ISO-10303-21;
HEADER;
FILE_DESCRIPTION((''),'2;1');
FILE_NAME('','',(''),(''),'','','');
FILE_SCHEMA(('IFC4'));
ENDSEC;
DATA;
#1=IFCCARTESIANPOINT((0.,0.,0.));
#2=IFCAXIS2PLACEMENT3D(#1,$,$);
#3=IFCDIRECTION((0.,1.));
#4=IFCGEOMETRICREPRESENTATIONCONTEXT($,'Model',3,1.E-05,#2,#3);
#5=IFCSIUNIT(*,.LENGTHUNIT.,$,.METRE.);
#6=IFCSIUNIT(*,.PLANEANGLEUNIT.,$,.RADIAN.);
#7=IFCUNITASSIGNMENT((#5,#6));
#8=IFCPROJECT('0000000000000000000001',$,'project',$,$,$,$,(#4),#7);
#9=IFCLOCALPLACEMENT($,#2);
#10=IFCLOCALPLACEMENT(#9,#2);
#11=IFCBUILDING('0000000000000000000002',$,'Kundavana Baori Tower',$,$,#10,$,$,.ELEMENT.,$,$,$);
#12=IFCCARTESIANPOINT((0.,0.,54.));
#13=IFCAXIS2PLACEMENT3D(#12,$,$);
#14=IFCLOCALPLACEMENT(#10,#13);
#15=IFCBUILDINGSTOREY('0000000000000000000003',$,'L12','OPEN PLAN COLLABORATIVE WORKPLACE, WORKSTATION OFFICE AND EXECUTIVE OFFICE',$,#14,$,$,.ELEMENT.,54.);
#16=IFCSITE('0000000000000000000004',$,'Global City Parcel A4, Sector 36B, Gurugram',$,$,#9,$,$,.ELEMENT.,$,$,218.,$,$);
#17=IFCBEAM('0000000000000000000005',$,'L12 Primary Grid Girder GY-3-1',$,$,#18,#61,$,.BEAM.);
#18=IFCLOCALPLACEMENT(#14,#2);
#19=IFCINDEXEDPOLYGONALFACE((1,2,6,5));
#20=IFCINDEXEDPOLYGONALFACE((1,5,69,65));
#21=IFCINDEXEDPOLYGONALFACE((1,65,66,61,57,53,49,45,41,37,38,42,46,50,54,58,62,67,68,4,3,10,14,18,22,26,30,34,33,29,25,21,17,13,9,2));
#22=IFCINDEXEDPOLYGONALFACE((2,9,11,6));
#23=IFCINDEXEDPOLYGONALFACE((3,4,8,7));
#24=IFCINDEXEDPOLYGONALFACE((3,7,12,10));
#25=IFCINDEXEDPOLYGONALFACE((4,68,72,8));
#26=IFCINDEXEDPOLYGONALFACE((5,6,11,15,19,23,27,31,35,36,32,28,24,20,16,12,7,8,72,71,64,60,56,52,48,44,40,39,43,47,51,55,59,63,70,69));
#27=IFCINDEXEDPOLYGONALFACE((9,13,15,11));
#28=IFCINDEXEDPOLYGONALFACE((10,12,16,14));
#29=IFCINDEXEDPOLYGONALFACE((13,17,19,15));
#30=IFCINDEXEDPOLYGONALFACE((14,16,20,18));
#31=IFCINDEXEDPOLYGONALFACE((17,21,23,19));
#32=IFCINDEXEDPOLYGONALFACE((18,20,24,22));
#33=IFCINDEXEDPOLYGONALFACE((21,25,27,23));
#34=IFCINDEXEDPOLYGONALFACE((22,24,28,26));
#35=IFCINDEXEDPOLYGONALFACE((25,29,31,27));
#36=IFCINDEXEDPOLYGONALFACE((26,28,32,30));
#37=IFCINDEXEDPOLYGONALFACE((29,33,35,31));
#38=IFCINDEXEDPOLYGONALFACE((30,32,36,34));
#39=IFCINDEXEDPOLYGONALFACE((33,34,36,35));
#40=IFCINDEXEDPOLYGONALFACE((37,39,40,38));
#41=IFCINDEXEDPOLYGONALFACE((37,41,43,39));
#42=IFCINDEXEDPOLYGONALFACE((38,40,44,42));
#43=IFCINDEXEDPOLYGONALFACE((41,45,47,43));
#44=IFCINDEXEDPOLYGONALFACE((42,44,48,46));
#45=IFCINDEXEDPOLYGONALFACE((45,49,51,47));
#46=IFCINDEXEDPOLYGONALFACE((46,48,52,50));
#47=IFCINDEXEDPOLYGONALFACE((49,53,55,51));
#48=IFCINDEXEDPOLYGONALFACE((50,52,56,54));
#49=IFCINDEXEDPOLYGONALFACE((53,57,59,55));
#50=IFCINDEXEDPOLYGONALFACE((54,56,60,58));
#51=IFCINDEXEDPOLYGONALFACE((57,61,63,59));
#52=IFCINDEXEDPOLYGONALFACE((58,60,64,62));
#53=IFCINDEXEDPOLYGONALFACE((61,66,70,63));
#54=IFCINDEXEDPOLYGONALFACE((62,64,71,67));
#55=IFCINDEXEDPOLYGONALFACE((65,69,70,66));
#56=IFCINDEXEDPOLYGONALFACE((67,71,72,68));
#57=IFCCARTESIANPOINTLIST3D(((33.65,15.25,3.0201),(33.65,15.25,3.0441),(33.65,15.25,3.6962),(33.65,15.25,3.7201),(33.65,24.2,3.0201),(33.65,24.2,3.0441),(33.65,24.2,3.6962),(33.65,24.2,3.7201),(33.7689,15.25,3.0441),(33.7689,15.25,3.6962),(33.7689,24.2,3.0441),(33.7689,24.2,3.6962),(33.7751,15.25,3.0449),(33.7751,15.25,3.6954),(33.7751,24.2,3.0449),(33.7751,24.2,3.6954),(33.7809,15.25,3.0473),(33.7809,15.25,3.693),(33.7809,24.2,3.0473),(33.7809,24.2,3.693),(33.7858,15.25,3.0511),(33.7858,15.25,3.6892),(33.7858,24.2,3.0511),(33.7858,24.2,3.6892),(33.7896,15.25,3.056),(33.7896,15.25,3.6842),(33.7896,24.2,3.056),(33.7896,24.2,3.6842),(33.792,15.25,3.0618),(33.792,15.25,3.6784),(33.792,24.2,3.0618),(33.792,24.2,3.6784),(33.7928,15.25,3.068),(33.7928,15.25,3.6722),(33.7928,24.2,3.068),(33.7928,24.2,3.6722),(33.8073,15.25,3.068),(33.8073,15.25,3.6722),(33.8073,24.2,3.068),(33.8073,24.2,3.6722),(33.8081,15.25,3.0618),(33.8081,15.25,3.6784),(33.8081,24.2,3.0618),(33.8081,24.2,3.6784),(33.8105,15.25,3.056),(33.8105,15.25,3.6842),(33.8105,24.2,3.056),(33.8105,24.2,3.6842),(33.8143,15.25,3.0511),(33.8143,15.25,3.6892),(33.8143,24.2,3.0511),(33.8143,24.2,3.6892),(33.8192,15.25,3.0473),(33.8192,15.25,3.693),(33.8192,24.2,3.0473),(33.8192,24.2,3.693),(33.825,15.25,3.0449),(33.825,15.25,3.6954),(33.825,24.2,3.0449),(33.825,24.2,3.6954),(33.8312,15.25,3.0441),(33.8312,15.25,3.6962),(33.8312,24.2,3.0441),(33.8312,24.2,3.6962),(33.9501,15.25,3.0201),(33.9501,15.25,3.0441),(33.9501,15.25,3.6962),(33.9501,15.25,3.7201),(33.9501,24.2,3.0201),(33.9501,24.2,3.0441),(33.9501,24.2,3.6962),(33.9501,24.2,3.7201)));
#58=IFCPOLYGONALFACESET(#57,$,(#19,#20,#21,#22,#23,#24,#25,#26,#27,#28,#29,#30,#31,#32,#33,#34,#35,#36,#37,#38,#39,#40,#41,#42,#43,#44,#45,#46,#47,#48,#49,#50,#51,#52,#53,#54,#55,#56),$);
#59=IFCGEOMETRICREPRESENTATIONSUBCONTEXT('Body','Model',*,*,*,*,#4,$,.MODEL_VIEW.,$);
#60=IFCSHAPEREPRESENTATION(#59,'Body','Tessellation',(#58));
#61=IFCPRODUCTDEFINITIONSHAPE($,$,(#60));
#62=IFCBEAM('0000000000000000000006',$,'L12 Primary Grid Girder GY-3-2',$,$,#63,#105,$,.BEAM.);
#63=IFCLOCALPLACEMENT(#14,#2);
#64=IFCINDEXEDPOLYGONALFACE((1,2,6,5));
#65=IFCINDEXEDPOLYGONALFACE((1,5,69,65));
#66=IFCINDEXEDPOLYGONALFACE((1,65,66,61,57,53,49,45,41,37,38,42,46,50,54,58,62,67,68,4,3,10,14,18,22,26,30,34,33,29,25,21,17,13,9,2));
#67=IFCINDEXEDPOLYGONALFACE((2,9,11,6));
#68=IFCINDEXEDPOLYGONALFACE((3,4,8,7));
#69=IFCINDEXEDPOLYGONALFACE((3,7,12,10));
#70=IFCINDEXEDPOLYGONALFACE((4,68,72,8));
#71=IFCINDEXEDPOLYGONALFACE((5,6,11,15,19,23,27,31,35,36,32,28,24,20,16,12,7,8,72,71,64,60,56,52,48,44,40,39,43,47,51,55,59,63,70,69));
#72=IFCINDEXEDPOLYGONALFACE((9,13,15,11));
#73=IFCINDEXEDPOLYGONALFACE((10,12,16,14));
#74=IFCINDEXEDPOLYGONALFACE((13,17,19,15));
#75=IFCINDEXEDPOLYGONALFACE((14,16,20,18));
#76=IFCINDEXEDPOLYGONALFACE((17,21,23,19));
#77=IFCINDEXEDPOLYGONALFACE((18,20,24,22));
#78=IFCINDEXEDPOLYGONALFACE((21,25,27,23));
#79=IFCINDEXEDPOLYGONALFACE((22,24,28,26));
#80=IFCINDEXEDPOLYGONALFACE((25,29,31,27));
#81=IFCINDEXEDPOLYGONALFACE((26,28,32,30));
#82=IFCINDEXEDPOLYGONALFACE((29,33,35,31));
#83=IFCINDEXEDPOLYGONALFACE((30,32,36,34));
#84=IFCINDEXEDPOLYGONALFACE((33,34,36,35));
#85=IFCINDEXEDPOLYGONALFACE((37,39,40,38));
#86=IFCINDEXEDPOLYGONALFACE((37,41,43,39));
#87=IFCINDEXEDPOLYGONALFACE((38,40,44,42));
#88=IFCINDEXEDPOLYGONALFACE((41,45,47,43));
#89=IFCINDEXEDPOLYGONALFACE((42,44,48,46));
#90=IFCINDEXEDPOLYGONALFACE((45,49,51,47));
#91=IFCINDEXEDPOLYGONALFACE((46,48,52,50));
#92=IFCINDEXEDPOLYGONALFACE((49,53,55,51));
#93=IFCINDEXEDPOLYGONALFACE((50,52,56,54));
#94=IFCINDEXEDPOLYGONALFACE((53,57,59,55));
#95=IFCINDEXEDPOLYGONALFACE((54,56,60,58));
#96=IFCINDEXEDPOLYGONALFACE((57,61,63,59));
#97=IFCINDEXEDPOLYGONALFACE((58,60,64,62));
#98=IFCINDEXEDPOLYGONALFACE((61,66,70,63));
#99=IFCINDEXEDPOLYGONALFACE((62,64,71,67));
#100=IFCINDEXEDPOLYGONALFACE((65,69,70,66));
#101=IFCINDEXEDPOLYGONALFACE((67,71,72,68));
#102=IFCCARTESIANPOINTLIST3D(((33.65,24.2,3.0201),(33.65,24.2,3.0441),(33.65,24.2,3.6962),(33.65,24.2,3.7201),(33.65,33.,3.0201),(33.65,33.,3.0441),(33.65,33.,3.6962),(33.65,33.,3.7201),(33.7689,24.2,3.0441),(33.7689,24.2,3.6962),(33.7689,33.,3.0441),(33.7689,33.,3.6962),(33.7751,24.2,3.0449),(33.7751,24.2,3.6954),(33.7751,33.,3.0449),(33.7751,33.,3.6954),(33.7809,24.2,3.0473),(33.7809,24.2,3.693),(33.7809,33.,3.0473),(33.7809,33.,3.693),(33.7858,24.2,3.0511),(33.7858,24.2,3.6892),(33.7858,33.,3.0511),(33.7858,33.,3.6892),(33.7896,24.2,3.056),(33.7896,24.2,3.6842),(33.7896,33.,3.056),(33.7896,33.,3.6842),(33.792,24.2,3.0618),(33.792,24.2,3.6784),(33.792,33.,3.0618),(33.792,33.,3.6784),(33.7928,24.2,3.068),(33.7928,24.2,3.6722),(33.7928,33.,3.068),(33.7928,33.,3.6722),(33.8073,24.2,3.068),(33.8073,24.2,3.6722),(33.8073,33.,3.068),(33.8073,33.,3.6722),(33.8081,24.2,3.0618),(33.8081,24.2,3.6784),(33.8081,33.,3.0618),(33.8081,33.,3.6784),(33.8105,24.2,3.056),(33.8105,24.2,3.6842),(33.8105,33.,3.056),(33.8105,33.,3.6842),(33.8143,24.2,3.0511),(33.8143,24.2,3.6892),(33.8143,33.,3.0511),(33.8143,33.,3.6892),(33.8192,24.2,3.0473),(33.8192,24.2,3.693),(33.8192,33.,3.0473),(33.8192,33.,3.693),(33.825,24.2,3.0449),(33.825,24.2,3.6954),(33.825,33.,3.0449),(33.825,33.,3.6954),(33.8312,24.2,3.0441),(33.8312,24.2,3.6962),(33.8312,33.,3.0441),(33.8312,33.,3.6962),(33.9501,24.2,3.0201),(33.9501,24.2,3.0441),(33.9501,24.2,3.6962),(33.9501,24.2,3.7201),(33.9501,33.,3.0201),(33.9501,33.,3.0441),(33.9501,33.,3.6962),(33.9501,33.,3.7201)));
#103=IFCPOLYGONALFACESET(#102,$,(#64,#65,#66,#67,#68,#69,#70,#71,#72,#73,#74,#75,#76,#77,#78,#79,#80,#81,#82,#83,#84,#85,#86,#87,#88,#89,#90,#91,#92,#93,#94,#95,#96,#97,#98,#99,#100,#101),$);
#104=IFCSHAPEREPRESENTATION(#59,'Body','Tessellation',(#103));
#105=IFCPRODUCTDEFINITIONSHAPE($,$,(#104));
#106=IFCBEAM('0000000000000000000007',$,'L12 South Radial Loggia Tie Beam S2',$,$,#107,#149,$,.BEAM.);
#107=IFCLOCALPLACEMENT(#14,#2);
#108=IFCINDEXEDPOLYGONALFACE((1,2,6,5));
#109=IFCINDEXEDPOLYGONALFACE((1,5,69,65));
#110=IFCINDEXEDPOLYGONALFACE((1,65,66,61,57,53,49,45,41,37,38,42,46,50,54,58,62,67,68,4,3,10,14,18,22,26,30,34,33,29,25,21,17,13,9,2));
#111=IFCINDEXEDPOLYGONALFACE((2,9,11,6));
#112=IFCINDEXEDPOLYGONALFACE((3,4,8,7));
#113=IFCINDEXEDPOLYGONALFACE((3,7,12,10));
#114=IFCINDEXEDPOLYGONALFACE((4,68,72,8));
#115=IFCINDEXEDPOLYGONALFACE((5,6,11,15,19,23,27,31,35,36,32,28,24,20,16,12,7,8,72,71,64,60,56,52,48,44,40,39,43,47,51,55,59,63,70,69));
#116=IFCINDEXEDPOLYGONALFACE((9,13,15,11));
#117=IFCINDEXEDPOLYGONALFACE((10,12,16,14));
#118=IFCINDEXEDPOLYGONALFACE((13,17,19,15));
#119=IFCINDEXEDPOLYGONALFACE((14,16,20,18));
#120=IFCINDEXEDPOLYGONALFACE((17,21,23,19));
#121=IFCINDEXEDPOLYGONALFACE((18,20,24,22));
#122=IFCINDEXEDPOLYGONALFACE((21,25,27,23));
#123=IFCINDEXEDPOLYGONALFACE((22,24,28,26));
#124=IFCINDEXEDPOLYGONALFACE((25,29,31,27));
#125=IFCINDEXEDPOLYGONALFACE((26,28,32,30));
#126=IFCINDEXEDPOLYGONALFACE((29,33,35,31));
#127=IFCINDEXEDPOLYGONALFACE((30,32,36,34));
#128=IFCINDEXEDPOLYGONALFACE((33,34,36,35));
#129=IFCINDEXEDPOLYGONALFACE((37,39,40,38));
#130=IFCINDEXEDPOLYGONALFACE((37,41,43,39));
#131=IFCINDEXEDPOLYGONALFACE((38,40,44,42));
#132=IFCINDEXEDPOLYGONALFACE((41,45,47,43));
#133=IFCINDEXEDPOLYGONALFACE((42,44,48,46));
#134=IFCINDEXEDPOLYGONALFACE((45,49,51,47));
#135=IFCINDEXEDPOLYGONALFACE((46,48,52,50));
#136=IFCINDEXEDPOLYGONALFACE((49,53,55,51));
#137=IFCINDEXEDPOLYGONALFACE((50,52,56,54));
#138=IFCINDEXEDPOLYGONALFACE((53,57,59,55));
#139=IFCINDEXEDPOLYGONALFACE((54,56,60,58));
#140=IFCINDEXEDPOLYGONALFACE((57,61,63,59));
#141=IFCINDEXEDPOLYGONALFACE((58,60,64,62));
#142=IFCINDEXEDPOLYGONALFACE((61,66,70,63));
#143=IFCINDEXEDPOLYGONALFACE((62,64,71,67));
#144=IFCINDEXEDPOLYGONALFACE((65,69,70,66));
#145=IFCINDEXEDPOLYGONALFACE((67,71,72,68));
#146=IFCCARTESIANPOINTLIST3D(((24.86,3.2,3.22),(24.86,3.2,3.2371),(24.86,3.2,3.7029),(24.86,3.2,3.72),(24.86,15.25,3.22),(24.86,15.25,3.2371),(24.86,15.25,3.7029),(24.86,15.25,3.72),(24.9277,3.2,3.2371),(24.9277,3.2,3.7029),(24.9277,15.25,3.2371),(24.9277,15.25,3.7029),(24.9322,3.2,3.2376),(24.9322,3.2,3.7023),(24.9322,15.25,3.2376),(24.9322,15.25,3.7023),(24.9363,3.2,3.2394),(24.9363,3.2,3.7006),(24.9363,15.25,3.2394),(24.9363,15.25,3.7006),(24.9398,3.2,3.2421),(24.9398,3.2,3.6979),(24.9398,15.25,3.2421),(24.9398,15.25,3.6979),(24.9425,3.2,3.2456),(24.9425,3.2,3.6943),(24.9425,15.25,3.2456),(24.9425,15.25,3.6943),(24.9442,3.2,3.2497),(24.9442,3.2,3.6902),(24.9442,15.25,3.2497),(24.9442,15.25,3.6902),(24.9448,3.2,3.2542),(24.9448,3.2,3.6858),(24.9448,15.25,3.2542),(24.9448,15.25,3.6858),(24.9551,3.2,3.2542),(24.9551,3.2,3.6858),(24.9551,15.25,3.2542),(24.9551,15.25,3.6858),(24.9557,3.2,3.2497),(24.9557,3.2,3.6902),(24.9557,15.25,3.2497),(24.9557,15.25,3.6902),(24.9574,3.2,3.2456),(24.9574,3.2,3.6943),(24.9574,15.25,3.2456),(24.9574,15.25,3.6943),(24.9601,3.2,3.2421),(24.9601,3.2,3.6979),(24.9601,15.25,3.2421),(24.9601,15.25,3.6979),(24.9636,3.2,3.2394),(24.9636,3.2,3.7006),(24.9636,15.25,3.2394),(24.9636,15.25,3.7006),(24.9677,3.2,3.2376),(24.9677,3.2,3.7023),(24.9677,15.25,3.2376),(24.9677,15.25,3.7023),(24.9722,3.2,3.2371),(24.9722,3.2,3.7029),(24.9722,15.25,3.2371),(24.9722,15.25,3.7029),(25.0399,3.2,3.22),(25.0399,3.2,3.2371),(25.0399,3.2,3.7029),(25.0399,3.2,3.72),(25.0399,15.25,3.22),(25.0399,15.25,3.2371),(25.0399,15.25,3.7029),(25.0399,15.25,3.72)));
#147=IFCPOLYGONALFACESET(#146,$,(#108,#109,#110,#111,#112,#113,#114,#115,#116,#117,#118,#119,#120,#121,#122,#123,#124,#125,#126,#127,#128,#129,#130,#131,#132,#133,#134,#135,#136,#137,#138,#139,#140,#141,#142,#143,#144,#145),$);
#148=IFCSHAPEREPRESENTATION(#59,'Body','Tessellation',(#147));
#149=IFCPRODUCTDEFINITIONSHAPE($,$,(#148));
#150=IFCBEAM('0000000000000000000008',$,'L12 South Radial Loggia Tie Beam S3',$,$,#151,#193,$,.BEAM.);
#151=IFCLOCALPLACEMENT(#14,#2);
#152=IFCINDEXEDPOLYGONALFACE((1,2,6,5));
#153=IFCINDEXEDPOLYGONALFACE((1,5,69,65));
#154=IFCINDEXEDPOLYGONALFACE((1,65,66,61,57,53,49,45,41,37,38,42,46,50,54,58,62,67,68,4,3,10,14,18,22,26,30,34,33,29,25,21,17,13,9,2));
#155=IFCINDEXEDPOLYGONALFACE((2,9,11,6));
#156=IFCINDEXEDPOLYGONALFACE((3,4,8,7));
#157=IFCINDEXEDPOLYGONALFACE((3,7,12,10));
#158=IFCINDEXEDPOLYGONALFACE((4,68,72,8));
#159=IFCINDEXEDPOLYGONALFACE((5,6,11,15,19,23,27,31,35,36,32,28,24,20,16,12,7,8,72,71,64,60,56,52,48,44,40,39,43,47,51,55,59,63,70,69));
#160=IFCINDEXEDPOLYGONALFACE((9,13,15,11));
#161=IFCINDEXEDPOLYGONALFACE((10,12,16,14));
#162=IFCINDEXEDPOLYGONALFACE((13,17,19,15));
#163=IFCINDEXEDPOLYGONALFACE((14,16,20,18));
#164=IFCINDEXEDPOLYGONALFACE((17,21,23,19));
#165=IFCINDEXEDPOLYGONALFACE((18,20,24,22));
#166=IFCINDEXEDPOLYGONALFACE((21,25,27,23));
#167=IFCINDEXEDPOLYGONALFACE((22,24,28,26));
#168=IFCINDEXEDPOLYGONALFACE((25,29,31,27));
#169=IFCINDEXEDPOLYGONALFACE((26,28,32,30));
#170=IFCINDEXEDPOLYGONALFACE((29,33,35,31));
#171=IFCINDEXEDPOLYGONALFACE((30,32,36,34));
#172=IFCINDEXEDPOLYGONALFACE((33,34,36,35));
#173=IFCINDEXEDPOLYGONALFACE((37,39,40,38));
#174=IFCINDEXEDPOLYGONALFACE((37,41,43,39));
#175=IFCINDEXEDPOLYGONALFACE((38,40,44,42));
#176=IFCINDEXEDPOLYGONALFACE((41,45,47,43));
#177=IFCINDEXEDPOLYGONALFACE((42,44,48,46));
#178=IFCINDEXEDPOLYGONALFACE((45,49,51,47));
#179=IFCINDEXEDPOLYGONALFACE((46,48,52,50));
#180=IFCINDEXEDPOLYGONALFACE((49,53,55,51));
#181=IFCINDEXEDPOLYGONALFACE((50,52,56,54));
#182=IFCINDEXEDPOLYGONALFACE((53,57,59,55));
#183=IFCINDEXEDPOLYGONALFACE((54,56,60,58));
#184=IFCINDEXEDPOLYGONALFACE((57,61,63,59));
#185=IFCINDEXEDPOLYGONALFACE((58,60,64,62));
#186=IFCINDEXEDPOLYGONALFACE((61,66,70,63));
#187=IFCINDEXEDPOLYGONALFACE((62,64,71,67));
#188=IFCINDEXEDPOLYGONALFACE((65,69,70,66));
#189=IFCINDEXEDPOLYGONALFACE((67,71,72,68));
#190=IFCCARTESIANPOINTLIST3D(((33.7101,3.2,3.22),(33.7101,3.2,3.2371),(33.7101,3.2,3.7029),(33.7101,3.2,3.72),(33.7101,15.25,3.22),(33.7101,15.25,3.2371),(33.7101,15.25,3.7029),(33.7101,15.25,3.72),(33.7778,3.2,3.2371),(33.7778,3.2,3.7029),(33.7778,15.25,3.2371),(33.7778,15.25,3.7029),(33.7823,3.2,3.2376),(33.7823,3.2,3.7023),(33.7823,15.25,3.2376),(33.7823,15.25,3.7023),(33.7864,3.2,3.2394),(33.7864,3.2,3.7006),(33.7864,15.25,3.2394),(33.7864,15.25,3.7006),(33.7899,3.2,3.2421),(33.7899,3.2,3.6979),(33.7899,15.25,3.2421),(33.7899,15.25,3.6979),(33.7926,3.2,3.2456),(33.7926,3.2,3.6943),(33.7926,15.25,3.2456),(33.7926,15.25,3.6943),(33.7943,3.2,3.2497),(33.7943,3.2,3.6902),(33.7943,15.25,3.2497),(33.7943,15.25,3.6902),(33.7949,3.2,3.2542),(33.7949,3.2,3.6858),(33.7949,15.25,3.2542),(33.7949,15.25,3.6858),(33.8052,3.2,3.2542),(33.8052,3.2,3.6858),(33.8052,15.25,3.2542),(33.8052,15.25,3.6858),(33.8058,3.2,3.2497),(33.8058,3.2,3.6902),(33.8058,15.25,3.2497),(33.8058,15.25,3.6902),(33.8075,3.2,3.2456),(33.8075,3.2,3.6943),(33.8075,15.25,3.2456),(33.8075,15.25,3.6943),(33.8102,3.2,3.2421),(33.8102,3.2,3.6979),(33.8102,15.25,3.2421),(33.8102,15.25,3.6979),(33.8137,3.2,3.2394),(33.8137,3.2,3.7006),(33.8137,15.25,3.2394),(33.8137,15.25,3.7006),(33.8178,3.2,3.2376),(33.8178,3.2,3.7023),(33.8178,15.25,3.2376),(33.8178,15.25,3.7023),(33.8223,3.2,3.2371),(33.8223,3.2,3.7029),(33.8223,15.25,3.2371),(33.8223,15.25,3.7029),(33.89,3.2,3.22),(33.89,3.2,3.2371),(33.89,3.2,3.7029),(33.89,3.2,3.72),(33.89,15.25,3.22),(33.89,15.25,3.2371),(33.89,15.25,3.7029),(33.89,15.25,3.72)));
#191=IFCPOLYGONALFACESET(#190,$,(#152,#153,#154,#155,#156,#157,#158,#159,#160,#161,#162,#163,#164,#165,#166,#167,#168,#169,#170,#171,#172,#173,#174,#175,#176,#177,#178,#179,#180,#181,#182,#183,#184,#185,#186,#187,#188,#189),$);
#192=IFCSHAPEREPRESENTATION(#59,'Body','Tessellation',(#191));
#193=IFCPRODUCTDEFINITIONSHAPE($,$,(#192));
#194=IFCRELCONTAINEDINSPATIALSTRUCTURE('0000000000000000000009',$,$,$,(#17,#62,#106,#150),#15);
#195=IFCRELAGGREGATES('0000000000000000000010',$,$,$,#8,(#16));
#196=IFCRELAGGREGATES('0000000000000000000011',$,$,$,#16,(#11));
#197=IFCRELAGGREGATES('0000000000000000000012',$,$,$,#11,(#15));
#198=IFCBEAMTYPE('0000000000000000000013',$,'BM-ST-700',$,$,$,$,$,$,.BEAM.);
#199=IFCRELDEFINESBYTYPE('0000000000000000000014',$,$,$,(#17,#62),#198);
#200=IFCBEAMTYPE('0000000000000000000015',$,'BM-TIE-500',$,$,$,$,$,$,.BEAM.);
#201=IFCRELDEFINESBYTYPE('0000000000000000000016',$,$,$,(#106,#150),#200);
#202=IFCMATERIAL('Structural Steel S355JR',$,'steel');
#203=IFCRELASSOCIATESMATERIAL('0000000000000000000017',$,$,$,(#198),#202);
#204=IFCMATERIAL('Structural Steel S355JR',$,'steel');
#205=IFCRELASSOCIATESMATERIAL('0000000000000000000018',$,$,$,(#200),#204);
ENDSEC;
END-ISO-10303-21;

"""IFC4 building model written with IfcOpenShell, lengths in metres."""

from ifc_helpers import new_model, si_unit, direction, frame, origin, origin_2d, place, context, subcontext, project, spatial, i_section, extrude, material, material_profile, profile_set, type_object, element, save


model = new_model("IFC4")

# Units and contexts
model_context = context("Model", 3, precision=1e-05, world=origin(), true_north=direction((0.0, 1.0)))
body_context = subcontext(model_context, "Body", "Model", "MODEL_VIEW")
ifc_project = project(units=[si_unit("LENGTHUNIT", "METRE"), si_unit("PLANEANGLEUNIT", "RADIAN")], contexts=[model_context])

# Site, building, storey
site_placement = place(None, origin())
site = spatial("IfcSite", under=ifc_project, at=site_placement, Name="Global City Parcel A4, Sector 36B, Gurugram", CompositionType="ELEMENT", RefElevation=218.0)
building_placement = place(site_placement, origin())
building = spatial("IfcBuilding", under=site, at=building_placement, Name="Kundavana Baori Tower", CompositionType="ELEMENT")
storey_placement = place(building_placement, frame((0.0, 0.0, 54.0)))
storey = spatial("IfcBuildingStorey", under=building, at=storey_placement, Name="L12", Description="OPEN PLAN COLLABORATIVE WORKPLACE, WORKSTATION OFFICE AND EXECUTIVE OFFICE", CompositionType="ELEMENT", Elevation=54.0)

# Beams
ifc_material_1 = material(Name="Structural Steel S355JR", Category="steel")
ifc_material_profile_1 = material_profile(ifc_material_1, i_section(OverallWidth=0.3, OverallDepth=0.7, WebThickness=0.0144, FlangeThickness=0.0239, FilletRadius=0.0239, at=origin_2d()), Name="NPB 700x300x170")
ifc_profile_set_1 = profile_set([ifc_material_profile_1], Name="Structural Steel S355JR")
beam_type_1 = type_object("IfcBeamType", Name="BM-ST-700", PredefinedType="BEAM", material=ifc_profile_set_1)
beam_1_placement = place(storey_placement, frame((33.8, 15.25, 3.3701), z_axis=(0.0, 1.0, 0.0), x_axis=(-1.0, 0.0, 0.0)))
element("IfcBeam", 1, at=beam_1_placement, inside=storey, type_object=beam_type_1, Name="L12 Primary Grid Girder GY-3-1", PredefinedType="BEAM", context=body_context, shape_type="SweptSolid", body=[
    extrude(i_section(OverallWidth=0.3, OverallDepth=0.7, WebThickness=0.0144, FlangeThickness=0.0239, FilletRadius=0.0239, at=origin_2d()), origin(), (0.0, 0.0, 1.0), 8.95),
])
beam_2_placement = place(storey_placement, frame((33.8, 24.2, 3.3701), z_axis=(0.0, 1.0, 0.0), x_axis=(-1.0, 0.0, 0.0)))
element("IfcBeam", 2, at=beam_2_placement, inside=storey, type_object=beam_type_1, Name="L12 Primary Grid Girder GY-3-2", PredefinedType="BEAM", context=body_context, shape_type="SweptSolid", body=[
    extrude(i_section(OverallWidth=0.3, OverallDepth=0.7, WebThickness=0.0144, FlangeThickness=0.0239, FilletRadius=0.0239, at=origin_2d()), origin(), (0.0, 0.0, 1.0), 8.8),
])
ifc_material_2 = material(Name="Structural Steel S355JR", Category="steel")
ifc_material_profile_2 = material_profile(ifc_material_2, i_section(OverallWidth=0.1799, OverallDepth=0.5, WebThickness=0.0103, FlangeThickness=0.0171, FilletRadius=0.0171, at=origin_2d()), Name="ISMB 500")
ifc_profile_set_2 = profile_set([ifc_material_profile_2], Name="Structural Steel S355JR")
beam_type_2 = type_object("IfcBeamType", Name="BM-TIE-500", PredefinedType="BEAM", material=ifc_profile_set_2)
for number, where, z_axis, x_axis, name in (
    (3, (24.95, 15.25, 3.47), (0.0, -1.0, 0.0), (1.0, 0.0, 0.0), "L12 South Radial Loggia Tie Beam S2"),
    (4, (33.8, 15.25, 3.47), (0.0, -1.0, 0.0), (1.0, 0.0, 0.0), "L12 South Radial Loggia Tie Beam S3"),
):
    element("IfcBeam", number, at=place(storey_placement, frame(where, z_axis=z_axis, x_axis=x_axis)), inside=storey, type_object=beam_type_2, Name=name, PredefinedType="BEAM", context=body_context, shape_type="SweptSolid", body=[
        extrude(i_section(OverallWidth=0.1799, OverallDepth=0.5, WebThickness=0.0103, FlangeThickness=0.0171, FilletRadius=0.0171, at=origin_2d()), origin(), (0.0, 0.0, 1.0), 12.05),
    ])

save(model, "model.ifc")
